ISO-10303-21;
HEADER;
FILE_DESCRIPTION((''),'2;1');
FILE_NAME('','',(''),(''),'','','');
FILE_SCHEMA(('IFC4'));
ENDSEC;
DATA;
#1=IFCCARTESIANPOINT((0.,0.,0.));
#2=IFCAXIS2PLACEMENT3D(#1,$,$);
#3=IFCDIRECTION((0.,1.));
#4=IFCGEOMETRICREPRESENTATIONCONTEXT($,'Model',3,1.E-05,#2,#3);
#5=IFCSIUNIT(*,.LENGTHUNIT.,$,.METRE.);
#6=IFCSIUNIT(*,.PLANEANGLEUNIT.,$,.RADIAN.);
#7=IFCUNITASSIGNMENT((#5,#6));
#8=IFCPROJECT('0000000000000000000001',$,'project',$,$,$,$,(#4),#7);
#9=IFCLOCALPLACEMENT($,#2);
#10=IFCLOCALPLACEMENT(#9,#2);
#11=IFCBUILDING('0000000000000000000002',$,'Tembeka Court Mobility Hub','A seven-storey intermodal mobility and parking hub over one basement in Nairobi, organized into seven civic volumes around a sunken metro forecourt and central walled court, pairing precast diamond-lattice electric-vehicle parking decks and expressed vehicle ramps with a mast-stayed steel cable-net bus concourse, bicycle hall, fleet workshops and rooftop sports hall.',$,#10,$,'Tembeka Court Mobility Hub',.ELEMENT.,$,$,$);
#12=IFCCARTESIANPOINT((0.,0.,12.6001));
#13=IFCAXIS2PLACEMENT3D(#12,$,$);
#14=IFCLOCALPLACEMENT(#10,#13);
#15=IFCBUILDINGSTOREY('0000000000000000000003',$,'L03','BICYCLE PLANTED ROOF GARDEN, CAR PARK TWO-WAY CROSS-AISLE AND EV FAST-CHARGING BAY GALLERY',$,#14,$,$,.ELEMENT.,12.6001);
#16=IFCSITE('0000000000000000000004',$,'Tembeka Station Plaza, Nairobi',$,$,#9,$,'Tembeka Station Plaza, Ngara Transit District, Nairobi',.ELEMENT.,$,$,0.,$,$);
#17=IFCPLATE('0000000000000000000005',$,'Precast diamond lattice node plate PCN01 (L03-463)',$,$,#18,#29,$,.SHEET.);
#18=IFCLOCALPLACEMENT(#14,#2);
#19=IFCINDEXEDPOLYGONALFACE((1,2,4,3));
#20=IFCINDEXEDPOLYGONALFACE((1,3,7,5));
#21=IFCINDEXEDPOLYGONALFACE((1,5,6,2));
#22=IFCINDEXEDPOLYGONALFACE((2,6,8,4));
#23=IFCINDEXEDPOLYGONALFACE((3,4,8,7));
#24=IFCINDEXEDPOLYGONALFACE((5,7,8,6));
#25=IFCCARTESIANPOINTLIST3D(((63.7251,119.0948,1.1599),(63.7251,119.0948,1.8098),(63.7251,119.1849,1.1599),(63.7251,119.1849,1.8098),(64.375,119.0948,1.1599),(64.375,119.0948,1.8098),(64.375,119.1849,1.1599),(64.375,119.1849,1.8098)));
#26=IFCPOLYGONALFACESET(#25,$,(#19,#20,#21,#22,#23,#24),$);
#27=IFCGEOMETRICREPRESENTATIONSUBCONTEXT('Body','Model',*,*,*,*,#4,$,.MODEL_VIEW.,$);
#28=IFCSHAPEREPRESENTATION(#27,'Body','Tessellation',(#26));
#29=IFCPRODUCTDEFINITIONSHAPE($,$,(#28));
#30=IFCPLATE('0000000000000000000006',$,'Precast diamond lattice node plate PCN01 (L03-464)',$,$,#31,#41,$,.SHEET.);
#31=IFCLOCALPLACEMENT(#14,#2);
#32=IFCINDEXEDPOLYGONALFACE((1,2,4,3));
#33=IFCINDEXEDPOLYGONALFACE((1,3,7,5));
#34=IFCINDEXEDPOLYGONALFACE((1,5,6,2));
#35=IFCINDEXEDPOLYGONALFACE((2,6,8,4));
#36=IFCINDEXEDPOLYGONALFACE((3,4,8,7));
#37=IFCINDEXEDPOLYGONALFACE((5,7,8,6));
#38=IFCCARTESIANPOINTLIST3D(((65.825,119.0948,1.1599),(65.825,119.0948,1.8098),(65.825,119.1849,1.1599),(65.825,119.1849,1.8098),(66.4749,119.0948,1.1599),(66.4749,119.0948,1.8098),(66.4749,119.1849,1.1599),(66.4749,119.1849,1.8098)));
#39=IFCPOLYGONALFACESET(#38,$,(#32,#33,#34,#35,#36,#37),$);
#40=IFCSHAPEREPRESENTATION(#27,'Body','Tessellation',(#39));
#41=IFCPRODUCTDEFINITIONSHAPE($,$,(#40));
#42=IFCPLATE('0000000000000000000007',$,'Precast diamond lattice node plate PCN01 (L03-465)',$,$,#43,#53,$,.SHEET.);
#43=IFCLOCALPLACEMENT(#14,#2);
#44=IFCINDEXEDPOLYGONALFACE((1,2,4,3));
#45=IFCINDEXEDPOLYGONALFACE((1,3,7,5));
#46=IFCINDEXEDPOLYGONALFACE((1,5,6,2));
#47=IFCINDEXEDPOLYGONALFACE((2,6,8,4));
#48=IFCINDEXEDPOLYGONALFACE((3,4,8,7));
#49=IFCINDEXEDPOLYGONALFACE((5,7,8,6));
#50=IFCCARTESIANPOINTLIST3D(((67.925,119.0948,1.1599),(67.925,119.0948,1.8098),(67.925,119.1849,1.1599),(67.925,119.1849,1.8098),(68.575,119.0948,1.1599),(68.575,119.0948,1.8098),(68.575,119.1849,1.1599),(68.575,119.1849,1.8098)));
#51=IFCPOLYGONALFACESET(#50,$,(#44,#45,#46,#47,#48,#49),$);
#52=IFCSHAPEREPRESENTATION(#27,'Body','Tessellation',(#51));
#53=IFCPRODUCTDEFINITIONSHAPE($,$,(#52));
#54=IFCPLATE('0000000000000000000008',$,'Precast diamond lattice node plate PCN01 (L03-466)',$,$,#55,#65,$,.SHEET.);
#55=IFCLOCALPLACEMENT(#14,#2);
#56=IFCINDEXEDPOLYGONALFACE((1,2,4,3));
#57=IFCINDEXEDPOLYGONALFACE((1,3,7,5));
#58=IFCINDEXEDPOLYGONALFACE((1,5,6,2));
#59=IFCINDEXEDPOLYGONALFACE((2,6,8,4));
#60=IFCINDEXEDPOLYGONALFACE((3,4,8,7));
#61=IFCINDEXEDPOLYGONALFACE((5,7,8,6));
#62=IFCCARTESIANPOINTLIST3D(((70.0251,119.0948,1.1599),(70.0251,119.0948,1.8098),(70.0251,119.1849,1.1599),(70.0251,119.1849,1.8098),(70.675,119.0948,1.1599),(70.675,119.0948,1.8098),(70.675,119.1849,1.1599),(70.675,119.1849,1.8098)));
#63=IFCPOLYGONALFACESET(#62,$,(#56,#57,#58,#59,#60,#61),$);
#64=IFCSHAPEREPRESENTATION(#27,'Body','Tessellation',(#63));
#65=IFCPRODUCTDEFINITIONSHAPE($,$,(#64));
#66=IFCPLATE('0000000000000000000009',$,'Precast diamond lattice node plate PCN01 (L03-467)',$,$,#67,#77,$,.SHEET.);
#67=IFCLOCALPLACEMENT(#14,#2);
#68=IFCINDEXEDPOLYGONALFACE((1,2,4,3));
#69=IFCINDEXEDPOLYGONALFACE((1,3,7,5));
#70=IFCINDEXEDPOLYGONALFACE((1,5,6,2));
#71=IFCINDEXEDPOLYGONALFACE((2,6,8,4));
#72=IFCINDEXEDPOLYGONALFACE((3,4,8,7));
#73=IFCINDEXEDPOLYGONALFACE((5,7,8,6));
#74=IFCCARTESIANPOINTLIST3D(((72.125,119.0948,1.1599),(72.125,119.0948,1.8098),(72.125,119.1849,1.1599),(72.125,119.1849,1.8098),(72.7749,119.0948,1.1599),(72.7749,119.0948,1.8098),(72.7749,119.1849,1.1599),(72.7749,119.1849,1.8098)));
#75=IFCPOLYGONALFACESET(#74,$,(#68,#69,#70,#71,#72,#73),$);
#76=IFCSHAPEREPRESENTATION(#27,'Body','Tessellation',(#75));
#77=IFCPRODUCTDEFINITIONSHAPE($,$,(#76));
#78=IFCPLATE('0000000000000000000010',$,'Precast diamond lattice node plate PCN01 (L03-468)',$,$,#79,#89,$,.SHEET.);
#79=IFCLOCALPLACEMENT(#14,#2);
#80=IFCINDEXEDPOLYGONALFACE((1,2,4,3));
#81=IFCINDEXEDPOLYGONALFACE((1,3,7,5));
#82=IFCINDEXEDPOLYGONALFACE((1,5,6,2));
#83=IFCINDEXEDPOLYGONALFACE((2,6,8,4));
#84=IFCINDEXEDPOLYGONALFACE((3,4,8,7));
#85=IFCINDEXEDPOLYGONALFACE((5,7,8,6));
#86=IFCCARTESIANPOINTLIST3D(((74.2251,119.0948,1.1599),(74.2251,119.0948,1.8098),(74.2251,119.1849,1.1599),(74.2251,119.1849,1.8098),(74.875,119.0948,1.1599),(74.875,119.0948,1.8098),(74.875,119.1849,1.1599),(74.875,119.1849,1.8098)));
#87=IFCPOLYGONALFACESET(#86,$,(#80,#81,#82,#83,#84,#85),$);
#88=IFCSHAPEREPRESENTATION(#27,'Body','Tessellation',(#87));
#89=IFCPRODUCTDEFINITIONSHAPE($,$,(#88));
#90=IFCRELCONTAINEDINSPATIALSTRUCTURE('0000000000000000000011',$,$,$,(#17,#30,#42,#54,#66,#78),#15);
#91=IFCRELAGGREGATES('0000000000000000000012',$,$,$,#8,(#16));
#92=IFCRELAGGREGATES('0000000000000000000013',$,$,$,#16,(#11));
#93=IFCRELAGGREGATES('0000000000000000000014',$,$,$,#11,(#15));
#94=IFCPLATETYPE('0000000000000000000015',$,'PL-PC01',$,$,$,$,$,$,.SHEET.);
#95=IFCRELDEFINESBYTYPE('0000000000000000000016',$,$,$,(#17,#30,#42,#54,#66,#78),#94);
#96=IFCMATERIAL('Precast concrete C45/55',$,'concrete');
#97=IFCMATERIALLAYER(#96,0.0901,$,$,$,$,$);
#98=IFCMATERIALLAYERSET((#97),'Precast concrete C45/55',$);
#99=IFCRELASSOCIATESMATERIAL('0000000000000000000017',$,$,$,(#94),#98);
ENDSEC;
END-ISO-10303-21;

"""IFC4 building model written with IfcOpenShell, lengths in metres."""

from ifc_helpers import new_model, si_unit, direction, frame, origin, origin_2d, place, context, subcontext, project, spatial, rectangle, extrude, material, layer, layer_set, type_object, element, save


model = new_model("IFC4")

# Units and contexts
model_context = context("Model", 3, precision=1e-05, world=origin(), true_north=direction((0.0, 1.0)))
body_context = subcontext(model_context, "Body", "Model", "MODEL_VIEW")
ifc_project = project(units=[si_unit("LENGTHUNIT", "METRE"), si_unit("PLANEANGLEUNIT", "RADIAN")], contexts=[model_context])

# Site, building, storey
site_placement = place(None, origin())
site = spatial("IfcSite", under=ifc_project, at=site_placement, Name="Tembeka Station Plaza, Nairobi", LongName="Tembeka Station Plaza, Ngara Transit District, Nairobi", CompositionType="ELEMENT", RefElevation=0.0)
building_placement = place(site_placement, origin())
building = spatial("IfcBuilding", under=site, at=building_placement, Name="Tembeka Court Mobility Hub", Description="A seven-storey intermodal mobility and parking hub over one basement in Nairobi, organized into seven civic volumes around a sunken metro forecourt and central walled court, pairing precast diamond-lattice electric-vehicle parking decks and expressed vehicle ramps with a mast-stayed steel cable-net bus concourse, bicycle hall, fleet workshops and rooftop sports hall.", LongName="Tembeka Court Mobility Hub", CompositionType="ELEMENT")
storey_placement = place(building_placement, frame((0.0, 0.0, 12.6001)))
storey = spatial("IfcBuildingStorey", under=building, at=storey_placement, Name="L03", Description="BICYCLE PLANTED ROOF GARDEN, CAR PARK TWO-WAY CROSS-AISLE AND EV FAST-CHARGING BAY GALLERY", CompositionType="ELEMENT", Elevation=12.6001)

# Shared definitions
ifc_material_1 = material(Name="Precast concrete C45/55", Category="concrete")

# Plates
ifc_layer = layer(ifc_material_1, 0.0901)
ifc_layer_set = layer_set([ifc_layer], Name="Precast concrete C45/55")
plate_type = type_object("IfcPlateType", Name="PL-PC01", PredefinedType="SHEET", material=ifc_layer_set)
for number, where, z_axis, x_axis, name in (
    (1, (64.05, 119.1399, 1.1599), (0.0, 0.0, 1.0), (1.0, 0.0, 0.0), "Precast diamond lattice node plate PCN01 (L03-463)"),
    (2, (66.1499, 119.1399, 1.1599), (0.0, 0.0, 1.0), (1.0, 0.0, 0.0), "Precast diamond lattice node plate PCN01 (L03-464)"),
    (3, (68.25, 119.1399, 1.1599), (0.0, 0.0, 1.0), (1.0, 0.0, 0.0), "Precast diamond lattice node plate PCN01 (L03-465)"),
    (4, (70.3501, 119.1399, 1.1599), (0.0, 0.0, 1.0), (1.0, 0.0, 0.0), "Precast diamond lattice node plate PCN01 (L03-466)"),
    (5, (72.45, 119.1399, 1.1599), (0.0, 0.0, 1.0), (1.0, 0.0, 0.0), "Precast diamond lattice node plate PCN01 (L03-467)"),
    (6, (74.55, 119.1399, 1.1599), (0.0, 0.0, 1.0), (1.0, 0.0, 0.0), "Precast diamond lattice node plate PCN01 (L03-468)"),
):
    element("IfcPlate", number, at=place(storey_placement, frame(where, z_axis=z_axis, x_axis=x_axis)), inside=storey, type_object=plate_type, Name=name, PredefinedType="SHEET", context=body_context, shape_type="SweptSolid", body=[
        extrude(rectangle(XDim=0.6499, YDim=0.0901, at=origin_2d()), origin(), (0.0, 0.0, 1.0), 0.6499),
    ])

save(model, "model.ifc")
